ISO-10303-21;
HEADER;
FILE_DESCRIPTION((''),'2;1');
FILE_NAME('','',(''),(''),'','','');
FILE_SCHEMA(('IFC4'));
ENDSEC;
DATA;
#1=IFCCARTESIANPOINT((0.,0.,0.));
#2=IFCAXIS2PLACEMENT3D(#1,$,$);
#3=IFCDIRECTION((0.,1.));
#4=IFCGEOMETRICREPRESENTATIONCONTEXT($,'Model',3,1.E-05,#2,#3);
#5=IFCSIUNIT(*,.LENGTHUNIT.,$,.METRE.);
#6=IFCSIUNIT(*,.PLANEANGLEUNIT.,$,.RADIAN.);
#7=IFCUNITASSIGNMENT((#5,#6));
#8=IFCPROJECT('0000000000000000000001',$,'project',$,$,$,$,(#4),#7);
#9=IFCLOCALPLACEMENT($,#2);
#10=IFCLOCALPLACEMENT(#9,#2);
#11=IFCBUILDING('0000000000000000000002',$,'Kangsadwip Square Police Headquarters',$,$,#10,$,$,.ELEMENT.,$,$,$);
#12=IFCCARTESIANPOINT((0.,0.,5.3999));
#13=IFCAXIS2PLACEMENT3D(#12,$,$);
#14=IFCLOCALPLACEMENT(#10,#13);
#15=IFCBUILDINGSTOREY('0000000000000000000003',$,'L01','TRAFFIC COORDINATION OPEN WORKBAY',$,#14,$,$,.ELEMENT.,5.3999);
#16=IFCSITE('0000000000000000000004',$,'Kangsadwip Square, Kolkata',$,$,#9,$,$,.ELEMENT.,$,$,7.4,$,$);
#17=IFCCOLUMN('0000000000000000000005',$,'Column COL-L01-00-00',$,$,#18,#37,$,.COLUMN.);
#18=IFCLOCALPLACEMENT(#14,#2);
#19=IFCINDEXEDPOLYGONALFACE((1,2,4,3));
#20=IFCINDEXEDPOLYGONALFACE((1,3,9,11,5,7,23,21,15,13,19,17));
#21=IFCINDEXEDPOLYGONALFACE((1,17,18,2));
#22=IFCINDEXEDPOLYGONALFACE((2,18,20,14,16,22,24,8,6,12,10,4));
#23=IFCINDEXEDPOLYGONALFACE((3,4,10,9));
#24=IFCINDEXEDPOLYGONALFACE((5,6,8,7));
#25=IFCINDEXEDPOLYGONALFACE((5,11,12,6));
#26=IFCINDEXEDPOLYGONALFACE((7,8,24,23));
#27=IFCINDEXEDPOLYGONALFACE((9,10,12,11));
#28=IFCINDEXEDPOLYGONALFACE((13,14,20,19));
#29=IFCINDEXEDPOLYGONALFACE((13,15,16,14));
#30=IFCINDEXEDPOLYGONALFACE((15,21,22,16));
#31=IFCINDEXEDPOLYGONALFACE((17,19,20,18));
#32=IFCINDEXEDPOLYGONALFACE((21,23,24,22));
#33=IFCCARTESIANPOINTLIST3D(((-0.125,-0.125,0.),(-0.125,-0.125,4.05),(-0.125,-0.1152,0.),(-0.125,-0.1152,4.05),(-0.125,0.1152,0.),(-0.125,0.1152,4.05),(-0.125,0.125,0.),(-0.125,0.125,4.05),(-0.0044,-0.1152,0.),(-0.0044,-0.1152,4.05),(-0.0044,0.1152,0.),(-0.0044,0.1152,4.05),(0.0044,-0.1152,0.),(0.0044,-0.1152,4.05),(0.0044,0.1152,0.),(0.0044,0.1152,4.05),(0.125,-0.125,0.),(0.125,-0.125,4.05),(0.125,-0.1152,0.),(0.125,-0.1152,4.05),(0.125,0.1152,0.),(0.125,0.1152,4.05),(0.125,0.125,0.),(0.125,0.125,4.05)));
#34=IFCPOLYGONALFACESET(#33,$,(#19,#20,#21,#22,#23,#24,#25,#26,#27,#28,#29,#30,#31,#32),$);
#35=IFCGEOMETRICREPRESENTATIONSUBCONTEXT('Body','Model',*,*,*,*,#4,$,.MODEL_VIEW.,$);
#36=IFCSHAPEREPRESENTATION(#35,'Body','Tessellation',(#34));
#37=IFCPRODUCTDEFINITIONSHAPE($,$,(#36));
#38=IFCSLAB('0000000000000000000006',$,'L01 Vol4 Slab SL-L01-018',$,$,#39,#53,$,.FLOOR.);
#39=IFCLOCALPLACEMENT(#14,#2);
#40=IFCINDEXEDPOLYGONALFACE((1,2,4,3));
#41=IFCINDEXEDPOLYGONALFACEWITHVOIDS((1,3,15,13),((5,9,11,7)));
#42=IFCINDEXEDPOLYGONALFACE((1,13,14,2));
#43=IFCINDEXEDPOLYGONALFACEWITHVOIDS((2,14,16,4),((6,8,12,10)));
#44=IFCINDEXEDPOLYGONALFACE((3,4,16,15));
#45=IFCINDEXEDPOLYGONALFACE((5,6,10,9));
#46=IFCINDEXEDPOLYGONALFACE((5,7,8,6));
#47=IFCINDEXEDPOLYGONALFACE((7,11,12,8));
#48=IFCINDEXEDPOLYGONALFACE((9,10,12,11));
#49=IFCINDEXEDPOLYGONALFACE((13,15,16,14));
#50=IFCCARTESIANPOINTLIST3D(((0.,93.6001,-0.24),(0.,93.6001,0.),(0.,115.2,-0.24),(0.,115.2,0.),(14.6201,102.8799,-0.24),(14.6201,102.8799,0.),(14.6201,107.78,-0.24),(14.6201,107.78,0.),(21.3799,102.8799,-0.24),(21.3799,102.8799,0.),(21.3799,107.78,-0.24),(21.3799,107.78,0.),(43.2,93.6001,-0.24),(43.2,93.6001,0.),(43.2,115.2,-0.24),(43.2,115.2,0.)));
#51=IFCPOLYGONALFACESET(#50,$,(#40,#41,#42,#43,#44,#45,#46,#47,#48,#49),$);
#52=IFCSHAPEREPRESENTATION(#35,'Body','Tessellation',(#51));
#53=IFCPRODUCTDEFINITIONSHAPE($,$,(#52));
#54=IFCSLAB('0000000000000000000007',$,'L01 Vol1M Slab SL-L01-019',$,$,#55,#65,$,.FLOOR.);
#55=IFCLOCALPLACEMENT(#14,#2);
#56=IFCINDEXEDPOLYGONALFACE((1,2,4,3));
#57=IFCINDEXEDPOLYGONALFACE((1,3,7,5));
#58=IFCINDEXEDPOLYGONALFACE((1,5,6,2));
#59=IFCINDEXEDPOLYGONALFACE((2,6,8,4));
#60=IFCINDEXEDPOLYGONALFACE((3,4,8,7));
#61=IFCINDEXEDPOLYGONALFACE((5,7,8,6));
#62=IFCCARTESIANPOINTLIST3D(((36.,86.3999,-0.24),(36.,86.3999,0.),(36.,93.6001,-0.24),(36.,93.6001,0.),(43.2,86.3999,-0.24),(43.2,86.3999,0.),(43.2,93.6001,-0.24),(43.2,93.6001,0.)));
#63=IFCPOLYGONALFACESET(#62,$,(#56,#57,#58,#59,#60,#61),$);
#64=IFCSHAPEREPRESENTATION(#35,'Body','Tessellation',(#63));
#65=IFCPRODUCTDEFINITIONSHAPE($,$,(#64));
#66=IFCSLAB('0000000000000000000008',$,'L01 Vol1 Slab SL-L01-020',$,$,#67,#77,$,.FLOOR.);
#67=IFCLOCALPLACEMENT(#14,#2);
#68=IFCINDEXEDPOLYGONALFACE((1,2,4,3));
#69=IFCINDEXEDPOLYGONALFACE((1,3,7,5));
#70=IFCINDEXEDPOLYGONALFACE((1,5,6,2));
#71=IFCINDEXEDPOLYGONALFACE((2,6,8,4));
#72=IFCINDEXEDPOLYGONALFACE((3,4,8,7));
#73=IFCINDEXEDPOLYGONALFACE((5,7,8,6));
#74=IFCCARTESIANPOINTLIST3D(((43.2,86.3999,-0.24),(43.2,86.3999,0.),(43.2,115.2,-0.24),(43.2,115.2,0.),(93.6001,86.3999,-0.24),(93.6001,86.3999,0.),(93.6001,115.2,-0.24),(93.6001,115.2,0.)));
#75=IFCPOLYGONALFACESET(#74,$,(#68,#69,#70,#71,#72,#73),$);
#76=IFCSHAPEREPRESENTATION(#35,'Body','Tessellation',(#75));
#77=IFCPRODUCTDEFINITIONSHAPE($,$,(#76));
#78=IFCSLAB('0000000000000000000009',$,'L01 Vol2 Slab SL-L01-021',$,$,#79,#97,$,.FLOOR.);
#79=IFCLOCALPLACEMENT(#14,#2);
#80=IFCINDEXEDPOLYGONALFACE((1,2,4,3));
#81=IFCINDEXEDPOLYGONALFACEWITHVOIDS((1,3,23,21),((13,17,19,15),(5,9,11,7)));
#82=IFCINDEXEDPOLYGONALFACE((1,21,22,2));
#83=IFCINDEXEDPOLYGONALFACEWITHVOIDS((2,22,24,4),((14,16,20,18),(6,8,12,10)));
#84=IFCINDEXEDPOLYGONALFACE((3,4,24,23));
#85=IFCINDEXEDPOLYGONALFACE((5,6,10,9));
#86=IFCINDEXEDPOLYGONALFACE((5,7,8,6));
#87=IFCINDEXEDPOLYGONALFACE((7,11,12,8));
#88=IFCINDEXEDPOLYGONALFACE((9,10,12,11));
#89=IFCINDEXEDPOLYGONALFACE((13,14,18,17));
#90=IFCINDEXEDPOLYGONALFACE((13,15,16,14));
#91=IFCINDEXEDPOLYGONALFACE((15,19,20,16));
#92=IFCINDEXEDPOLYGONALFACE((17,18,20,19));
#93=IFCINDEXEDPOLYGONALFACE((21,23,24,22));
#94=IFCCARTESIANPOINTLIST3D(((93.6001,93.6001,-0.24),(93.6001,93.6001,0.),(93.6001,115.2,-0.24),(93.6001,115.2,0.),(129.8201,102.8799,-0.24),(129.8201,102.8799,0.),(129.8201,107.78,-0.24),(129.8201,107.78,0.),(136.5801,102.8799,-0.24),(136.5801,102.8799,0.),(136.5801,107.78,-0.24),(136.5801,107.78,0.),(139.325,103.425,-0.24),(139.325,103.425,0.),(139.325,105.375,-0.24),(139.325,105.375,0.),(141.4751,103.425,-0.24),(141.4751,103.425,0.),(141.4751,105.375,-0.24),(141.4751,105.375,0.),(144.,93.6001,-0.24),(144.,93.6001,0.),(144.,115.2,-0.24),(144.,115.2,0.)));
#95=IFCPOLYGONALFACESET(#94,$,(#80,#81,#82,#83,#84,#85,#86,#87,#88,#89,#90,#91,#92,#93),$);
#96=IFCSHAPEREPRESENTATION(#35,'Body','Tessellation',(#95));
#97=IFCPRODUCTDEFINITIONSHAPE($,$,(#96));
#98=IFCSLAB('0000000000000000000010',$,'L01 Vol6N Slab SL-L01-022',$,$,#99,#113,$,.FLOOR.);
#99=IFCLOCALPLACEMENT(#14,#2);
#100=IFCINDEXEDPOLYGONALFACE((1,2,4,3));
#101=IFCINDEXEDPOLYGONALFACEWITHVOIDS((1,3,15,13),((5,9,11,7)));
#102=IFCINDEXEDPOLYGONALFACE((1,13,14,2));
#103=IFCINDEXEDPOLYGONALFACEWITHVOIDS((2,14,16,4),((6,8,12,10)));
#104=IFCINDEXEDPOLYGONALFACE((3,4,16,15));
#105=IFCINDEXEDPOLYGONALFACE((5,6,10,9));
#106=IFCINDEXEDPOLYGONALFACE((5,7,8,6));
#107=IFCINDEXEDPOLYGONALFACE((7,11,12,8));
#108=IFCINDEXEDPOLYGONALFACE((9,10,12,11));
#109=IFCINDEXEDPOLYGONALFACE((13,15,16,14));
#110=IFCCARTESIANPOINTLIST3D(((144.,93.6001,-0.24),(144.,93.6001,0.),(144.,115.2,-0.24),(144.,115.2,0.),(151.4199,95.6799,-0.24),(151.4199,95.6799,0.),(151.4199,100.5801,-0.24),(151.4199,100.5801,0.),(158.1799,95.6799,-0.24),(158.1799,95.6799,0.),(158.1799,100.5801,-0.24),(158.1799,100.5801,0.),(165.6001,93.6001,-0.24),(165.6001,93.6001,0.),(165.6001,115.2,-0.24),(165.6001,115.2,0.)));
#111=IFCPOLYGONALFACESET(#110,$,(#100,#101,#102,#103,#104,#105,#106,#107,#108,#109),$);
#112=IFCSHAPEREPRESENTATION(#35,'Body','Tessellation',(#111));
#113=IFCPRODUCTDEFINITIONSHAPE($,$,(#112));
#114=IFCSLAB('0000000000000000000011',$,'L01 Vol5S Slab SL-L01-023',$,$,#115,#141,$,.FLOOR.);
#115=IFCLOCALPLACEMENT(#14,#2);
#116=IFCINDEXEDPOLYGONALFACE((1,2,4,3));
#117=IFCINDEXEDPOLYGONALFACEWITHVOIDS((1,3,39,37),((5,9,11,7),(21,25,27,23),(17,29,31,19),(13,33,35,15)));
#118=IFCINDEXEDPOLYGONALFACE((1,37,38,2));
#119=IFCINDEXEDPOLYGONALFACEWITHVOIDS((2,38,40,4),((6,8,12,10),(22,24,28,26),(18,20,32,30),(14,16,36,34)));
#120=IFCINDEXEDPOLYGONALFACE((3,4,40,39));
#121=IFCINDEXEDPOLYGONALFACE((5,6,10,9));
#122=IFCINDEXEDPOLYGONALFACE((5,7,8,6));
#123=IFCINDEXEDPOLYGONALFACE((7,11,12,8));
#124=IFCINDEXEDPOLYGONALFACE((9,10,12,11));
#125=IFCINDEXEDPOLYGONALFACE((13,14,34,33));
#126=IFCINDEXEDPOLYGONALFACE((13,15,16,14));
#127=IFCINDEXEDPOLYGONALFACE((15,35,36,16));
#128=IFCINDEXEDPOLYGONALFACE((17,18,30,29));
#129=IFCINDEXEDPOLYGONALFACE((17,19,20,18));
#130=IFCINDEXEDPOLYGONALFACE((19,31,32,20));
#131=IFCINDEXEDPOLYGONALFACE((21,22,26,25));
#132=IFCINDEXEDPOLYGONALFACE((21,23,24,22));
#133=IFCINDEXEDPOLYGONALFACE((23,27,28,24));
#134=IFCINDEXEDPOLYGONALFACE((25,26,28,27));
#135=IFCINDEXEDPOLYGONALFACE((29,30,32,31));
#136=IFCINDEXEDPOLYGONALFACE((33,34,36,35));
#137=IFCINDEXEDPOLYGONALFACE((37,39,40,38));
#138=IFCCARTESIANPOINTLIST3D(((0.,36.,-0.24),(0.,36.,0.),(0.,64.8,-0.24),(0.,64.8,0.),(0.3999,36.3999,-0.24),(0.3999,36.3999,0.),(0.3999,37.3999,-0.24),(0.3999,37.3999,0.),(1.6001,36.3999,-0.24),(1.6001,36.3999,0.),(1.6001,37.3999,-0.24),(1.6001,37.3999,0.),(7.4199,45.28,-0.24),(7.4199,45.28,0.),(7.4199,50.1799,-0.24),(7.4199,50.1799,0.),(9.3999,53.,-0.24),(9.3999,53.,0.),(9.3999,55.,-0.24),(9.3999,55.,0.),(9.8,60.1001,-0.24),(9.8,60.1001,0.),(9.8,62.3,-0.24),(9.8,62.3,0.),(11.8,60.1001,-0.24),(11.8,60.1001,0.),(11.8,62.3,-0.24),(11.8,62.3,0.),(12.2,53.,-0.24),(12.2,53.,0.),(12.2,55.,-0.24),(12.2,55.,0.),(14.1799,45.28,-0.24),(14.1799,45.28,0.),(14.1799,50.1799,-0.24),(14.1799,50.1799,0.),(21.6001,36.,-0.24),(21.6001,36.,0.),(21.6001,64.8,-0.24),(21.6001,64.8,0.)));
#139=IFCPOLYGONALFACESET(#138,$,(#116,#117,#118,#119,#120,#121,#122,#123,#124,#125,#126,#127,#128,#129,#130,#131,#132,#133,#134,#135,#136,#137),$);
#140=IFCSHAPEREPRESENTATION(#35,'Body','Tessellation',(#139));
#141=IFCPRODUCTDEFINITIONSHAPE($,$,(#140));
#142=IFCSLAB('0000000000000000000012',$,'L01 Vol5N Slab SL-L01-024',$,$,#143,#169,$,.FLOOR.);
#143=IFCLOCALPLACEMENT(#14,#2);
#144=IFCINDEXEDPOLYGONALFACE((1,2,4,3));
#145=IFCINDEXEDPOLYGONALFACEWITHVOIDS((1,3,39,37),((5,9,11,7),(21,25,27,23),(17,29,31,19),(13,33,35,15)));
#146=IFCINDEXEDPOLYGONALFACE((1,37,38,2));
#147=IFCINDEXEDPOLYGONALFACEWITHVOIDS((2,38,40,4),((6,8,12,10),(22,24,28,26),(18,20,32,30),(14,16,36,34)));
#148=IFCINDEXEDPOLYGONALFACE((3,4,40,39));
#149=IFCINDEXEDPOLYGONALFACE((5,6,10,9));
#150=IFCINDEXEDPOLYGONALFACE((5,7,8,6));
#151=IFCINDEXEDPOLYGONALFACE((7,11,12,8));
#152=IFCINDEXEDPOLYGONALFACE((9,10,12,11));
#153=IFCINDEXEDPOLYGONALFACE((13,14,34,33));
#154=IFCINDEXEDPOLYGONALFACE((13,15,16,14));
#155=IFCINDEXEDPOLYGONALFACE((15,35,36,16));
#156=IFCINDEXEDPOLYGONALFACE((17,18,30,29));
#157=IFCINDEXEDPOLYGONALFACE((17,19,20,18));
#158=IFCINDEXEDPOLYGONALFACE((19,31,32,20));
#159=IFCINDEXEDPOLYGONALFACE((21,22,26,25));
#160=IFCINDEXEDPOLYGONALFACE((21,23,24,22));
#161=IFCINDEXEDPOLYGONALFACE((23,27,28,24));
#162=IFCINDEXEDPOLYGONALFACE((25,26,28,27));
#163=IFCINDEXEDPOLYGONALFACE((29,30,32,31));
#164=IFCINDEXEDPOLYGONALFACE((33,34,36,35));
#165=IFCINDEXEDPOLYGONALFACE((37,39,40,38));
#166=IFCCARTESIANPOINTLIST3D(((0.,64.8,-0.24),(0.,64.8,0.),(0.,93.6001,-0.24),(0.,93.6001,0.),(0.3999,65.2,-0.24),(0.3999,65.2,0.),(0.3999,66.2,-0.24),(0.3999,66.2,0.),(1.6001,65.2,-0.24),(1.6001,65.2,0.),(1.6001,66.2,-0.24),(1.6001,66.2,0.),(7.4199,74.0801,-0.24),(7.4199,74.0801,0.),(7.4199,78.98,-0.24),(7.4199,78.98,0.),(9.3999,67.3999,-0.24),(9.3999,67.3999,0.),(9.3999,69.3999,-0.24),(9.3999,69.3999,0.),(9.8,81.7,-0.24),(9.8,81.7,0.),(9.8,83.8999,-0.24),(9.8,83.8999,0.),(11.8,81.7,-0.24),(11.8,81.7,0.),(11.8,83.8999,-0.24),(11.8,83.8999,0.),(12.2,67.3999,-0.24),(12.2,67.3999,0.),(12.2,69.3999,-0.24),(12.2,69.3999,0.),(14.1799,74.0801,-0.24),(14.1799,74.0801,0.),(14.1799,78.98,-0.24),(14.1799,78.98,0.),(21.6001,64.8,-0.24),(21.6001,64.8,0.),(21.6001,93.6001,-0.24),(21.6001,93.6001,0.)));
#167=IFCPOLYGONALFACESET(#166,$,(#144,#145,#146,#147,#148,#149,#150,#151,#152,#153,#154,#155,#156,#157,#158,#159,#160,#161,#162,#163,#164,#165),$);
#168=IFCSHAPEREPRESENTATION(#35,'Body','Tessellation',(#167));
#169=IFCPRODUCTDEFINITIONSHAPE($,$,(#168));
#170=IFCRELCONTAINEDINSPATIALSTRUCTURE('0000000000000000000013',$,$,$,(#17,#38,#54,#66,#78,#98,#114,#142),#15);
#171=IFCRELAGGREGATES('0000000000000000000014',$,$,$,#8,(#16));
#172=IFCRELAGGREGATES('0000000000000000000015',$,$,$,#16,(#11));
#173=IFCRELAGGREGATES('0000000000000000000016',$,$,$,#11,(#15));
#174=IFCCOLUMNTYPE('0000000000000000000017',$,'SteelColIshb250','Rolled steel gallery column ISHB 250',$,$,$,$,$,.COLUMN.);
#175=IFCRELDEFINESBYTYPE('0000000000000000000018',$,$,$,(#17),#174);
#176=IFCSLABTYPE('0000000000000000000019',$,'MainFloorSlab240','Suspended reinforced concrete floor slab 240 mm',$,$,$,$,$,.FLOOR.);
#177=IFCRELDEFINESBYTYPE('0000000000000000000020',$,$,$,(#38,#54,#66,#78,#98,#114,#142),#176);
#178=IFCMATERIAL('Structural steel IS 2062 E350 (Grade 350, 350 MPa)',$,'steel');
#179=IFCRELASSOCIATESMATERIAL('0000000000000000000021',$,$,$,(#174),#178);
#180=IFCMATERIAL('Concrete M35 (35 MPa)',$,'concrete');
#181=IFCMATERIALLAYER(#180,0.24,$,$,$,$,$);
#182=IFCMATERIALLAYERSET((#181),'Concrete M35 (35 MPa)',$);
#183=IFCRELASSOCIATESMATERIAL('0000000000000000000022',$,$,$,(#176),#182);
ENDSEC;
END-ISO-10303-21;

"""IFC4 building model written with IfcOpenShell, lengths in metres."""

from ifc_helpers import new_model, si_unit, direction, frame, origin, origin_with_axes, origin_2d, place, context, subcontext, project, spatial, polyline, i_section, outline, extrude, material, layer, layer_set, material_profile, profile_set, type_object, element, save


model = new_model("IFC4")

# Units and contexts
model_context = context("Model", 3, precision=1e-05, world=origin(), true_north=direction((0.0, 1.0)))
body_context = subcontext(model_context, "Body", "Model", "MODEL_VIEW")
ifc_project = project(units=[si_unit("LENGTHUNIT", "METRE"), si_unit("PLANEANGLEUNIT", "RADIAN")], contexts=[model_context])

# Site, building, storey
site_placement = place(None, origin())
site = spatial("IfcSite", under=ifc_project, at=site_placement, Name="Kangsadwip Square, Kolkata", CompositionType="ELEMENT", RefElevation=7.4)
building_placement = place(site_placement, origin())
building = spatial("IfcBuilding", under=site, at=building_placement, Name="Kangsadwip Square Police Headquarters", CompositionType="ELEMENT")
storey_placement = place(building_placement, frame((0.0, 0.0, 5.3999)))
storey = spatial("IfcBuildingStorey", under=building, at=storey_placement, Name="L01", Description="TRAFFIC COORDINATION OPEN WORKBAY", CompositionType="ELEMENT", Elevation=5.3999)

# Column
ifc_material_1 = material(Name="Structural steel IS 2062 E350 (Grade 350, 350 MPa)", Category="steel")
ifc_material_profile = material_profile(ifc_material_1, i_section(OverallWidth=0.25, OverallDepth=0.25, WebThickness=0.0088, FlangeThickness=0.0098, at=origin_2d()), Name="ISHB 250")
ifc_profile_set = profile_set([ifc_material_profile], Name="Structural steel IS 2062 E350 (Grade 350, 350 MPa)")
column_type = type_object("IfcColumnType", Name="SteelColIshb250", Description="Rolled steel gallery column ISHB 250", PredefinedType="COLUMN", material=ifc_profile_set)
column_placement = place(storey_placement, origin_with_axes())
element("IfcColumn", 1, at=column_placement, inside=storey, type_object=column_type, Name="Column COL-L01-00-00", PredefinedType="COLUMN", context=body_context, shape_type="SweptSolid", body=[
    extrude(i_section(OverallWidth=0.25, OverallDepth=0.25, WebThickness=0.0088, FlangeThickness=0.0098, at=origin_2d()), origin(), (0.0, 0.0, 1.0), 4.05),
])

# Slabs
ifc_material_2 = material(Name="Concrete M35 (35 MPa)", Category="concrete")
ifc_layer_1 = layer(ifc_material_2, 0.24)
ifc_layer_set_1 = layer_set([ifc_layer_1], Name="Concrete M35 (35 MPa)")
slab_type = type_object("IfcSlabType", Name="MainFloorSlab240", Description="Suspended reinforced concrete floor slab 240 mm", PredefinedType="FLOOR", material=ifc_layer_set_1)
slab_1_placement = place(storey_placement, frame((0.0, 0.0, -0.24)))
element("IfcSlab", 2, at=slab_1_placement, inside=storey, type_object=slab_type, Name="L01 Vol4 Slab SL-L01-018", PredefinedType="FLOOR", context=body_context, shape_type="SweptSolid", body=[
    extrude(outline(polyline([(0.0, 93.6001), (0.0, 115.2), (43.2, 115.2), (43.2, 93.6001), (0.0, 93.6001)]), holes=[polyline([(14.6201, 102.8799), (21.3799, 102.8799), (21.3799, 107.78), (14.6201, 107.78), (14.6201, 102.8799)])]), origin(), (0.0, 0.0, 1.0), 0.24),
])
slab_2_placement = place(storey_placement, frame((0.0, 0.0, -0.24)))
element("IfcSlab", 3, at=slab_2_placement, inside=storey, type_object=slab_type, Name="L01 Vol1M Slab SL-L01-019", PredefinedType="FLOOR", context=body_context, shape_type="SweptSolid", body=[
    extrude(outline(polyline([(36.0, 86.3999), (36.0, 93.6001), (43.2, 93.6001), (43.2, 86.3999), (36.0, 86.3999)])), origin(), (0.0, 0.0, 1.0), 0.24),
])
slab_3_placement = place(storey_placement, frame((0.0, 0.0, -0.24)))
element("IfcSlab", 4, at=slab_3_placement, inside=storey, type_object=slab_type, Name="L01 Vol1 Slab SL-L01-020", PredefinedType="FLOOR", context=body_context, shape_type="SweptSolid", body=[
    extrude(outline(polyline([(43.2, 86.3999), (43.2, 115.2), (93.6001, 115.2), (93.6001, 86.3999), (43.2, 86.3999)])), origin(), (0.0, 0.0, 1.0), 0.24),
])
slab_4_placement = place(storey_placement, frame((0.0, 0.0, -0.24)))
element("IfcSlab", 5, at=slab_4_placement, inside=storey, type_object=slab_type, Name="L01 Vol2 Slab SL-L01-021", PredefinedType="FLOOR", context=body_context, shape_type="SweptSolid", body=[
    extrude(outline(polyline([(93.6001, 93.6001), (93.6001, 115.2), (144.0, 115.2), (144.0, 93.6001), (93.6001, 93.6001)]), holes=[polyline([(141.4751, 103.425), (141.4751, 105.375), (139.325, 105.375), (139.325, 103.425), (141.4751, 103.425)]), polyline([(129.8201, 102.8799), (136.5801, 102.8799), (136.5801, 107.78), (129.8201, 107.78), (129.8201, 102.8799)])]), origin(), (0.0, 0.0, 1.0), 0.24),
])
slab_5_placement = place(storey_placement, frame((0.0, 0.0, -0.24)))
element("IfcSlab", 6, at=slab_5_placement, inside=storey, type_object=slab_type, Name="L01 Vol6N Slab SL-L01-022", PredefinedType="FLOOR", context=body_context, shape_type="SweptSolid", body=[
    extrude(outline(polyline([(144.0, 93.6001), (144.0, 115.2), (165.6001, 115.2), (165.6001, 93.6001), (144.0, 93.6001)]), holes=[polyline([(158.1799, 95.6799), (158.1799, 100.5801), (151.4199, 100.5801), (151.4199, 95.6799), (158.1799, 95.6799)])]), origin(), (0.0, 0.0, 1.0), 0.24),
])
slab_6_placement = place(storey_placement, frame((0.0, 0.0, -0.24)))
element("IfcSlab", 7, at=slab_6_placement, inside=storey, type_object=slab_type, Name="L01 Vol5S Slab SL-L01-023", PredefinedType="FLOOR", context=body_context, shape_type="SweptSolid", body=[
    extrude(outline(polyline([(0.0, 36.0), (0.0, 64.8), (21.6001, 64.8), (21.6001, 36.0), (0.0, 36.0)]), holes=[polyline([(1.6001, 37.3999), (0.3999, 37.3999), (0.3999, 36.3999), (1.6001, 36.3999), (1.6001, 37.3999)]), polyline([(14.1799, 45.28), (14.1799, 50.1799), (7.4199, 50.1799), (7.4199, 45.28), (14.1799, 45.28)]), polyline([(12.2, 53.0), (12.2, 55.0), (9.3999, 55.0), (9.3999, 53.0), (12.2, 53.0)]), polyline([(11.8, 60.1001), (11.8, 62.3), (9.8, 62.3), (9.8, 60.1001), (11.8, 60.1001)])]), origin(), (0.0, 0.0, 1.0), 0.24),
])
slab_7_placement = place(storey_placement, frame((0.0, 0.0, -0.24)))
element("IfcSlab", 8, at=slab_7_placement, inside=storey, type_object=slab_type, Name="L01 Vol5N Slab SL-L01-024", PredefinedType="FLOOR", context=body_context, shape_type="SweptSolid", body=[
    extrude(outline(polyline([(0.0, 64.8), (0.0, 93.6001), (21.6001, 93.6001), (21.6001, 64.8), (0.0, 64.8)]), holes=[polyline([(1.6001, 66.2), (0.3999, 66.2), (0.3999, 65.2), (1.6001, 65.2), (1.6001, 66.2)]), polyline([(12.2, 69.3999), (9.3999, 69.3999), (9.3999, 67.3999), (12.2, 67.3999), (12.2, 69.3999)]), polyline([(14.1799, 74.0801), (14.1799, 78.98), (7.4199, 78.98), (7.4199, 74.0801), (14.1799, 74.0801)]), polyline([(11.8, 81.7), (11.8, 83.8999), (9.8, 83.8999), (9.8, 81.7), (11.8, 81.7)])]), origin(), (0.0, 0.0, 1.0), 0.24),
])

save(model, "model.ifc")
